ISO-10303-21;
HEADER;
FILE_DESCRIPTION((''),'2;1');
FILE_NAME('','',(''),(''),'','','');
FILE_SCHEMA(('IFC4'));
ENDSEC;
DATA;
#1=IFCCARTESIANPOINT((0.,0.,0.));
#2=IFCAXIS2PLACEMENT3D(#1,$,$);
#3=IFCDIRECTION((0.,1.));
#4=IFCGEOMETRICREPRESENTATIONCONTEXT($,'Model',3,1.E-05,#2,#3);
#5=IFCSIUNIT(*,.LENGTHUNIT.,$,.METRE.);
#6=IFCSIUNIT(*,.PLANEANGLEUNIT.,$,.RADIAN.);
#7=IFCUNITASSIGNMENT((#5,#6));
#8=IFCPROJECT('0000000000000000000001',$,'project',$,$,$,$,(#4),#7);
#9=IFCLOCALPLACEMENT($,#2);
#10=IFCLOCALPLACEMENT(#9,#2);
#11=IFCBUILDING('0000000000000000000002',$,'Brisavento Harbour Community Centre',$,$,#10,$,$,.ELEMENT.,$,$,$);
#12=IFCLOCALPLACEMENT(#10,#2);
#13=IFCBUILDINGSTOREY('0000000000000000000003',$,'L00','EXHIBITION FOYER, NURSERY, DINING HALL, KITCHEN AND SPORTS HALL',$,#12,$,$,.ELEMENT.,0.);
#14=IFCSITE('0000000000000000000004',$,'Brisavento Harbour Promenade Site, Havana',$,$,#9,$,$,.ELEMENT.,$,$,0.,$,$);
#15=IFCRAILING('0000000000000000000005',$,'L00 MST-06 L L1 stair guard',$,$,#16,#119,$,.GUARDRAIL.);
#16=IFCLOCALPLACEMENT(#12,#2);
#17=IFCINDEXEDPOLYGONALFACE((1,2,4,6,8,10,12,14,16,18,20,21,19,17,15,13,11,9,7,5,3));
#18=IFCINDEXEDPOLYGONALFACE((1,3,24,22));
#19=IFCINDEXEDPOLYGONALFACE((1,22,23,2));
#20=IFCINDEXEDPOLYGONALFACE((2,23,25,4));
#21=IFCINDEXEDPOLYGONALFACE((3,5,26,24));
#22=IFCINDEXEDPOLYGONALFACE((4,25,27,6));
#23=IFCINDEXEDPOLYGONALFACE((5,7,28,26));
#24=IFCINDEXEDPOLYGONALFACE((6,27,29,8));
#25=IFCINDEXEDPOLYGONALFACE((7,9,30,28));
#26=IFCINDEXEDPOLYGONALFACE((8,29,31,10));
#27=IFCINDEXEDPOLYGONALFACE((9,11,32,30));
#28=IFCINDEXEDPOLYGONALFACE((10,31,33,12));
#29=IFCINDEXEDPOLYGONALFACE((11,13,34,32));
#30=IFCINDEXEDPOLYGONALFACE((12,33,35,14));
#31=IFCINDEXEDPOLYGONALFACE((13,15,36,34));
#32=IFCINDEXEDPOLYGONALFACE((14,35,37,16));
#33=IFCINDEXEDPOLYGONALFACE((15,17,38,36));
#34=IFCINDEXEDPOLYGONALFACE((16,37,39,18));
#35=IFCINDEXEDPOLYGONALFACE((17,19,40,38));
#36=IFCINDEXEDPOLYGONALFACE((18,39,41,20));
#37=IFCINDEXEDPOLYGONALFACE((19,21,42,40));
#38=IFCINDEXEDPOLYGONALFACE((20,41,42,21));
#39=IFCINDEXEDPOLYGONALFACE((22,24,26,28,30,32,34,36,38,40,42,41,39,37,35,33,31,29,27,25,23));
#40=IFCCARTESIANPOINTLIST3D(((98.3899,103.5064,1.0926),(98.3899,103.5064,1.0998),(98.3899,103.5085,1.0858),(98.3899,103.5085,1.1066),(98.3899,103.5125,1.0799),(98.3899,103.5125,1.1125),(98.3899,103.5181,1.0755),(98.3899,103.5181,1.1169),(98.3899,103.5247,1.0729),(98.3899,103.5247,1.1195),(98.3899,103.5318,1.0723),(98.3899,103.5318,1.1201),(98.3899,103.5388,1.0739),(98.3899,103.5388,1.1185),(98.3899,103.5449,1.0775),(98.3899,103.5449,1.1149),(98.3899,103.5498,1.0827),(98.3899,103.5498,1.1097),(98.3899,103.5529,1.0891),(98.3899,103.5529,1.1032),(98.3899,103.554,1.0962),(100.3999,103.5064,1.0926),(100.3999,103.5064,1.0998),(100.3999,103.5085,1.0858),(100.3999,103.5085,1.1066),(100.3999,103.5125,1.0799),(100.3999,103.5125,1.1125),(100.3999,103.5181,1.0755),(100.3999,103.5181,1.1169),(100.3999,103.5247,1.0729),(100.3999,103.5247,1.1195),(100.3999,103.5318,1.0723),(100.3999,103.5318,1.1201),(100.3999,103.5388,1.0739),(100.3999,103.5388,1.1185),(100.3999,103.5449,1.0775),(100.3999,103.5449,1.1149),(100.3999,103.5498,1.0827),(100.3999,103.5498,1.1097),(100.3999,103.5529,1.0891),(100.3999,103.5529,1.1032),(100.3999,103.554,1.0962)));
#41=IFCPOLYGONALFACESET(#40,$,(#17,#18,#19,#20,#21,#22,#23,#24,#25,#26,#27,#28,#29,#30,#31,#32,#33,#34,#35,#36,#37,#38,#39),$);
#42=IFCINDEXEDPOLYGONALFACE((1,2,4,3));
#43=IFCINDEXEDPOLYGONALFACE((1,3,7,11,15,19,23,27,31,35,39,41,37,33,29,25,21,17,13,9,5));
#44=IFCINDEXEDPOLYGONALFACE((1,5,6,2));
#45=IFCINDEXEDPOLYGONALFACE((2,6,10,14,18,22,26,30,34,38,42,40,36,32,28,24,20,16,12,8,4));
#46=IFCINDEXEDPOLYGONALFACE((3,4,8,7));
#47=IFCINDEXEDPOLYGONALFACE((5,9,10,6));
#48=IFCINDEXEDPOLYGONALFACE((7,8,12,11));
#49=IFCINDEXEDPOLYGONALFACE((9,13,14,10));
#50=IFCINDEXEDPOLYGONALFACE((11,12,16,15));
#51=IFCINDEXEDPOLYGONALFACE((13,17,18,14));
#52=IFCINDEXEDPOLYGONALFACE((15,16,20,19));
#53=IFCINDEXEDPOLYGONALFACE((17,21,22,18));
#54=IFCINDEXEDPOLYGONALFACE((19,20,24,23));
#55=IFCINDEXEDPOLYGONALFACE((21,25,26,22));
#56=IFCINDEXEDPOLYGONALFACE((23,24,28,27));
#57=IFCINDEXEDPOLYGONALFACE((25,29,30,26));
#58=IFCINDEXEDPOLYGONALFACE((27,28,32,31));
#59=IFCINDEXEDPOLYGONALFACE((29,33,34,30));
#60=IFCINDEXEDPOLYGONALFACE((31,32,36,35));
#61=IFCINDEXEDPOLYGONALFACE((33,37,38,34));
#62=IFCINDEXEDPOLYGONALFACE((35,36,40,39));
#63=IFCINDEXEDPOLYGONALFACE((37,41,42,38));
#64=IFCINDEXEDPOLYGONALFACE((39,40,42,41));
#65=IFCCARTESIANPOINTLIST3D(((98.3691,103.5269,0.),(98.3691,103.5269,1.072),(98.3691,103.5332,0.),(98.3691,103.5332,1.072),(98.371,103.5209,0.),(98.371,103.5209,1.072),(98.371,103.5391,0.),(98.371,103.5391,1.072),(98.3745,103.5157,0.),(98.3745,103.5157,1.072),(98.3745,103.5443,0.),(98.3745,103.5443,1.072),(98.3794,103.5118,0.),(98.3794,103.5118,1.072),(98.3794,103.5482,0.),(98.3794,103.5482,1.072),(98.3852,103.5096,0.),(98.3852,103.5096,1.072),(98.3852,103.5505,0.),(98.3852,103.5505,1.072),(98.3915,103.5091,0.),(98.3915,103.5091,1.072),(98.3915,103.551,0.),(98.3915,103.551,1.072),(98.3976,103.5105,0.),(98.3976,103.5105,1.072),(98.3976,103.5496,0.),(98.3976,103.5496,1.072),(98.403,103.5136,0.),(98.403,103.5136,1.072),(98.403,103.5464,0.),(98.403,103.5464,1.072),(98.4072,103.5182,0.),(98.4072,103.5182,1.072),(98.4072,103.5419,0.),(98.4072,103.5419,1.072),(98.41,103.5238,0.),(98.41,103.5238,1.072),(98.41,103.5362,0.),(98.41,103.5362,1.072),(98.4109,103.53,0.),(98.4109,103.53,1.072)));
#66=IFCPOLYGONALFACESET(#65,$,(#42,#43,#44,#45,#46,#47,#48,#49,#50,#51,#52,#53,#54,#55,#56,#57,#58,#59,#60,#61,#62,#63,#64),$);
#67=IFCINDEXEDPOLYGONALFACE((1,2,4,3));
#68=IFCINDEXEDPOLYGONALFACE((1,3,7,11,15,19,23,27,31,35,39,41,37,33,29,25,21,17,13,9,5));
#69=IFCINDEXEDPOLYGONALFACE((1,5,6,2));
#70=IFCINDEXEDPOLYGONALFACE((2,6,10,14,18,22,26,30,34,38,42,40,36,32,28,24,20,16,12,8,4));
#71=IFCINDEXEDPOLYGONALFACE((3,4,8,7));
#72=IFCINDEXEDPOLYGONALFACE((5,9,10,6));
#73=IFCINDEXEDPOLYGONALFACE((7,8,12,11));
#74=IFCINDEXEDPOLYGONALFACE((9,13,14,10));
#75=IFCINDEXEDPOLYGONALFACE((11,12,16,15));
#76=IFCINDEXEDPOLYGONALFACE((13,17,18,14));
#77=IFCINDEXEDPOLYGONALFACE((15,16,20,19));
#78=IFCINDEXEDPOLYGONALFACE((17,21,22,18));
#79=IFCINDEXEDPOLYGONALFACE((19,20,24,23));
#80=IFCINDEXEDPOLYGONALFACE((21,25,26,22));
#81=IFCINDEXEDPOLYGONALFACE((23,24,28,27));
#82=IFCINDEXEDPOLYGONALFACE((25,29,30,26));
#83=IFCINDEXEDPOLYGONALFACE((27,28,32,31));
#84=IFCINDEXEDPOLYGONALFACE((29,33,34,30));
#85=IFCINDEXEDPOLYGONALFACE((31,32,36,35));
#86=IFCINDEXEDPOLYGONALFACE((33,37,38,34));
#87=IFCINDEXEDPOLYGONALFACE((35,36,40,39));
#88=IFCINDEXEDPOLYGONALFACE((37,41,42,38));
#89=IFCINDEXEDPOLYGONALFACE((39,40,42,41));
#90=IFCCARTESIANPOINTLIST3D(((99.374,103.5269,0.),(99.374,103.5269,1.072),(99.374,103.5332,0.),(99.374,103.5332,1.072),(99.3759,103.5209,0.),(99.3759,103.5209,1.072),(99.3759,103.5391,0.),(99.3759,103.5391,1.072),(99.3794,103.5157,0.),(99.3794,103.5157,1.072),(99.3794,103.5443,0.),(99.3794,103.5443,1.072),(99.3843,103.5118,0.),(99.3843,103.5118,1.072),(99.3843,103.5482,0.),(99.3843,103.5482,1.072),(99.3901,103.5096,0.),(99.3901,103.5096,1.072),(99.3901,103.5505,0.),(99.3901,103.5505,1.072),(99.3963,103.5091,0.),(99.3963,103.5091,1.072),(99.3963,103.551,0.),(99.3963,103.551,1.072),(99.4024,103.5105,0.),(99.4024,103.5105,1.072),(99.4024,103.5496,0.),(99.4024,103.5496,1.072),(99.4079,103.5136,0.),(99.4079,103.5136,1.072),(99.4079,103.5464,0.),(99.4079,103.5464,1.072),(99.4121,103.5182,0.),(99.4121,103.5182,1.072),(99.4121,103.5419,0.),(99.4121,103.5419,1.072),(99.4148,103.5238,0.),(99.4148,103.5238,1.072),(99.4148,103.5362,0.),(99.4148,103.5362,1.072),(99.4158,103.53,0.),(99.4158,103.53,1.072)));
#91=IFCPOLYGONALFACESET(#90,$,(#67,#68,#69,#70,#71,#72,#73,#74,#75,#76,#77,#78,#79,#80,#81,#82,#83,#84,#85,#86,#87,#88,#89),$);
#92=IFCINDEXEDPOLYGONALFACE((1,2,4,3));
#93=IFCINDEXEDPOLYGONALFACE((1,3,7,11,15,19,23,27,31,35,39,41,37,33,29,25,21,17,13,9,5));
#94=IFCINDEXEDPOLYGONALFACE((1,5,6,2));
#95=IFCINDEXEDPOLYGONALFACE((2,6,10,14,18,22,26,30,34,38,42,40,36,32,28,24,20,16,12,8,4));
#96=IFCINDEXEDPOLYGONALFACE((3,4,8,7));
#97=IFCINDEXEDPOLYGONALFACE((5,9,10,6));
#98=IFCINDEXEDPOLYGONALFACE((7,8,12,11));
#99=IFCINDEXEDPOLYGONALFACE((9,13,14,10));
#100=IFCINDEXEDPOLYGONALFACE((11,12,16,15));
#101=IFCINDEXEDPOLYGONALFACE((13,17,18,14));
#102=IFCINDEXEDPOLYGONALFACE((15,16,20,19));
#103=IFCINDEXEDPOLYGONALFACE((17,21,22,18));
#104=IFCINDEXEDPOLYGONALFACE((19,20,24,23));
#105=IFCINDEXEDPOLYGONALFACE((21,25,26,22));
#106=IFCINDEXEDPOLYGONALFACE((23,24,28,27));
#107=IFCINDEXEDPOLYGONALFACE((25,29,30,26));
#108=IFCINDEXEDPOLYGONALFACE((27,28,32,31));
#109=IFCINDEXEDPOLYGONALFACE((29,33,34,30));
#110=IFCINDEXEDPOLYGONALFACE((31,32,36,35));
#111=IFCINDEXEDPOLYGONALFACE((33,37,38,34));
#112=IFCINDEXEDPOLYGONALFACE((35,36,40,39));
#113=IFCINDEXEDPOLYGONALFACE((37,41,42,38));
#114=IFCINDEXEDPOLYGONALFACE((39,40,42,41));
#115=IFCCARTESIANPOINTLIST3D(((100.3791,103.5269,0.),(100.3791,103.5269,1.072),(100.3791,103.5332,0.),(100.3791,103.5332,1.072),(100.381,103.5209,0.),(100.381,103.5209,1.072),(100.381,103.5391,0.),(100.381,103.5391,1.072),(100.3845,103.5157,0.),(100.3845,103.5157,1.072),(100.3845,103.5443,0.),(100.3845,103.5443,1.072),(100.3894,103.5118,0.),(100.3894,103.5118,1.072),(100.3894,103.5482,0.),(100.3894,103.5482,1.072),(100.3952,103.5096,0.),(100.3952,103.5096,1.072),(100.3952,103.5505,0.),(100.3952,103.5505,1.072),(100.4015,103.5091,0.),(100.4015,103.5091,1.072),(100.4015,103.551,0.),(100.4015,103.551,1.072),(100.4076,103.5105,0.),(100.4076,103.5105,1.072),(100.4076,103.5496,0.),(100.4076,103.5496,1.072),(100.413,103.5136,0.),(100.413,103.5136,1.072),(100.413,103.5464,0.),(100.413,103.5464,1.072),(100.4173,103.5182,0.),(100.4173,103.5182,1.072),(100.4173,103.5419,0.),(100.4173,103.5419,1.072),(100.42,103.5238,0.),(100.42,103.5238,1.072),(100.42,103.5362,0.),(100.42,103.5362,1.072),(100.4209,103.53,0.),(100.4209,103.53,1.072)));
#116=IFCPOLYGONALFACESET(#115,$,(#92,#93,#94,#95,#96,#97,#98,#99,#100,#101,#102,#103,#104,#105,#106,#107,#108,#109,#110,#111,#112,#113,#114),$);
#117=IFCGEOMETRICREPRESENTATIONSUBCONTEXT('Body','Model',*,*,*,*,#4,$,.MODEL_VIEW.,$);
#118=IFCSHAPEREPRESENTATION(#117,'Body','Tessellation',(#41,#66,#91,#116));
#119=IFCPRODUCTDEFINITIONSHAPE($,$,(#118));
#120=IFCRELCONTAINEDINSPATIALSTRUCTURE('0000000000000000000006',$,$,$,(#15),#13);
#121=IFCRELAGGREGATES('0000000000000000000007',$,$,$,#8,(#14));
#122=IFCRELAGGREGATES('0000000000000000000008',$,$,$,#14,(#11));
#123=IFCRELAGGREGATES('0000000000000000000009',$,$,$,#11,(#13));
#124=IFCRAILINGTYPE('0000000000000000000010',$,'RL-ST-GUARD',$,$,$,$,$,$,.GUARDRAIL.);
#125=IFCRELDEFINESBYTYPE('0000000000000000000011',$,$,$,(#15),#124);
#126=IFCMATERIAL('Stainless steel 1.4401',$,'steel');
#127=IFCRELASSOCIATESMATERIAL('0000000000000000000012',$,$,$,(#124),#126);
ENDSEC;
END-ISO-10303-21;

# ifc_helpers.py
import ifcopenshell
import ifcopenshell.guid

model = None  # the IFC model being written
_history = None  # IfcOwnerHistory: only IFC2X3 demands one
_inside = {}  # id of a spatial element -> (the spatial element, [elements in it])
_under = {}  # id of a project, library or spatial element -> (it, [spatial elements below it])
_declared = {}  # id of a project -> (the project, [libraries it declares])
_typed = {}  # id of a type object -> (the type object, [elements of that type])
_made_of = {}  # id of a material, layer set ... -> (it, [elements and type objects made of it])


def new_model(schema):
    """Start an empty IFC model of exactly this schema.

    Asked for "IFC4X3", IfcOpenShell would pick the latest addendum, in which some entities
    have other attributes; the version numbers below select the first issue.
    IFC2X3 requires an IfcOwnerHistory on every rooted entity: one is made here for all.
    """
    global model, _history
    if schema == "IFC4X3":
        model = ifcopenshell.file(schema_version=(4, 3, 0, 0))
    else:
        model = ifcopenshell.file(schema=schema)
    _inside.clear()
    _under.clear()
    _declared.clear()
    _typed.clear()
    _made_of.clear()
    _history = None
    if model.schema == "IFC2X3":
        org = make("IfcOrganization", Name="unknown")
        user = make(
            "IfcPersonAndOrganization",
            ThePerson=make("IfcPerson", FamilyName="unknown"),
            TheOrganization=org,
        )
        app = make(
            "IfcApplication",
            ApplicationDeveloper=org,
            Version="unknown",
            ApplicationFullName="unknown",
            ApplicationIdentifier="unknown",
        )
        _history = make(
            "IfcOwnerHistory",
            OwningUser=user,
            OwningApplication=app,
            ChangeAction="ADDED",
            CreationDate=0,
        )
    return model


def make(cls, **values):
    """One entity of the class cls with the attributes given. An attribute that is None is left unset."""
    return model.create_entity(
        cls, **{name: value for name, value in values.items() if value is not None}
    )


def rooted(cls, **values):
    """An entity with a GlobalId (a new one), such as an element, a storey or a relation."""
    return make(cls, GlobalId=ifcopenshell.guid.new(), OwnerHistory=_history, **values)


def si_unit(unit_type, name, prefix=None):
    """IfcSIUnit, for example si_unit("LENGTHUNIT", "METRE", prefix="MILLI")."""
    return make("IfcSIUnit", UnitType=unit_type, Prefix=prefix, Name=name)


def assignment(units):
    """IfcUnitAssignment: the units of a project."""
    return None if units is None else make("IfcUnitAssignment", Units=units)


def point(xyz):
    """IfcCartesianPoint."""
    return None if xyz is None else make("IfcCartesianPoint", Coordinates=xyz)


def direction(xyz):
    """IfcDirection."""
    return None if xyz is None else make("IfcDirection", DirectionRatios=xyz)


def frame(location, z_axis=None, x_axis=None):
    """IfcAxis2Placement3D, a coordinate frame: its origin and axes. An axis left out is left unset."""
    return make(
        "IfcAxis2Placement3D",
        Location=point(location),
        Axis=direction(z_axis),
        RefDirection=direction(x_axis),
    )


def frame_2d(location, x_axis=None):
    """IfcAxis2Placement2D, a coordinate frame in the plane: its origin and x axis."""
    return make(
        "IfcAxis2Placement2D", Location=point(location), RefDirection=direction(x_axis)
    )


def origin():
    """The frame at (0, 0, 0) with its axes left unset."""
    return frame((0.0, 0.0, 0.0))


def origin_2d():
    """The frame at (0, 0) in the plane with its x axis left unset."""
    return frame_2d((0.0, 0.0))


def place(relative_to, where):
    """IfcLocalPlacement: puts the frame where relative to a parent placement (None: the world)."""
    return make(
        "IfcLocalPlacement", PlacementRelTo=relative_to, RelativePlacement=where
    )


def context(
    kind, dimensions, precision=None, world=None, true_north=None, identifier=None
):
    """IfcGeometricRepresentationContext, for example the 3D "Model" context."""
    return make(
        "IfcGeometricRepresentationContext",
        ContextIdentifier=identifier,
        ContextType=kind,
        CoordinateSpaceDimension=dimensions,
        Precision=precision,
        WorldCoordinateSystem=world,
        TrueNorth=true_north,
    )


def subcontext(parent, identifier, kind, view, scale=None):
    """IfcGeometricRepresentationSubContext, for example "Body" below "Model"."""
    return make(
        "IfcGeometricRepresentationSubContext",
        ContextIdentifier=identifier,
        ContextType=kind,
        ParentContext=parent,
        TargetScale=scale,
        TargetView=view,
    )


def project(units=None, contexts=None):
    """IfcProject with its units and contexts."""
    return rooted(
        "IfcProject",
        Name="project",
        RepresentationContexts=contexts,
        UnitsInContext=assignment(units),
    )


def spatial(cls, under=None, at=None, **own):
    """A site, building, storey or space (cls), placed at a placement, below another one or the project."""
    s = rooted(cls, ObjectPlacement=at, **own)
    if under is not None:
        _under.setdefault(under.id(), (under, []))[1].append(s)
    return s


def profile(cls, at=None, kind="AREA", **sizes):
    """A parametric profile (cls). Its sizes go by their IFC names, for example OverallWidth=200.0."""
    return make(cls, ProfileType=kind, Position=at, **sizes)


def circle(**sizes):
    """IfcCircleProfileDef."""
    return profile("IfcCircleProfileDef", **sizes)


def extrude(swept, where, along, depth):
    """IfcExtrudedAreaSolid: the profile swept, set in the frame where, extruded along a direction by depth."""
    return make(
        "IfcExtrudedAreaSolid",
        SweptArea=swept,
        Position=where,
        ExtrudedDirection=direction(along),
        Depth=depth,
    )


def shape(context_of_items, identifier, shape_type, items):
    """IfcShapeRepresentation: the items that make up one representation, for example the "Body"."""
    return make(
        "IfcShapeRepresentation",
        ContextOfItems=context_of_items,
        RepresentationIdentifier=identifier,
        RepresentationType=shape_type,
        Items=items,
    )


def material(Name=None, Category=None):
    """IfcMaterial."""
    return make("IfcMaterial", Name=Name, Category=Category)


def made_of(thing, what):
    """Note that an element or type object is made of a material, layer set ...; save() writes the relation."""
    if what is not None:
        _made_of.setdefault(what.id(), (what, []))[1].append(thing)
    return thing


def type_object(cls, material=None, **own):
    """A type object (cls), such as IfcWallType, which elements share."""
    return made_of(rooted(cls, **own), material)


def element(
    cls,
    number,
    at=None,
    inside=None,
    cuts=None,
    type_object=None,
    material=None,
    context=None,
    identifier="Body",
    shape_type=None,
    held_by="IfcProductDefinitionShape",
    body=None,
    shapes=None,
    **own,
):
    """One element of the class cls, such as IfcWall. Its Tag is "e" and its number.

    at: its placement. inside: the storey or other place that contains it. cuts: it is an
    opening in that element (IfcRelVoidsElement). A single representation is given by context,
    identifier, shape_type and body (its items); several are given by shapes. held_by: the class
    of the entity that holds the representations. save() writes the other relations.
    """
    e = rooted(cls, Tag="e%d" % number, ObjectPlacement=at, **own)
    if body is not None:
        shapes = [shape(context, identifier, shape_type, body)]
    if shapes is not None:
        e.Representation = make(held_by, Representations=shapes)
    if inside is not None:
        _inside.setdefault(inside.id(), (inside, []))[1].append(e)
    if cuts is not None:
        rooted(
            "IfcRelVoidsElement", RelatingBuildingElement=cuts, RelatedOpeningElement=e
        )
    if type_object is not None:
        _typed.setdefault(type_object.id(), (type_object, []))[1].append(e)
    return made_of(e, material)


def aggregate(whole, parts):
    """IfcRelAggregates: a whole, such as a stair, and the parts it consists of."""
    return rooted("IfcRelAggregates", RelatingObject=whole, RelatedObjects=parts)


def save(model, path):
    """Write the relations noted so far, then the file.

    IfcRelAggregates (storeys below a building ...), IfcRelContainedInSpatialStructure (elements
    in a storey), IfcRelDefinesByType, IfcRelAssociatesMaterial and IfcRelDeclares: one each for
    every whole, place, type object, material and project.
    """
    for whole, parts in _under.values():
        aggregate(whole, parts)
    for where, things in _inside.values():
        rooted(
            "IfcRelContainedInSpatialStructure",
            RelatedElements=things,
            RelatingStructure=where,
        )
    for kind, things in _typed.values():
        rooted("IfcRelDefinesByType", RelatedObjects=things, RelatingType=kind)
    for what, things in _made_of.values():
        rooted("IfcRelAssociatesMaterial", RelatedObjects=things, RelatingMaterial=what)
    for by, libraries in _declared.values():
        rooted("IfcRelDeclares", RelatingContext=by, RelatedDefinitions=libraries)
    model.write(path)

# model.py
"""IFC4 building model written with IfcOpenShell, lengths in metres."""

from ifc_helpers import new_model, si_unit, direction, frame, origin, origin_2d, place, context, subcontext, project, spatial, circle, extrude, material, type_object, element, save


model = new_model("IFC4")

# Units and contexts
model_context = context("Model", 3, precision=1e-05, world=origin(), true_north=direction((0.0, 1.0)))
body_context = subcontext(model_context, "Body", "Model", "MODEL_VIEW")
ifc_project = project(units=[si_unit("LENGTHUNIT", "METRE"), si_unit("PLANEANGLEUNIT", "RADIAN")], contexts=[model_context])

# Site, building, storey
site_placement = place(None, origin())
site = spatial("IfcSite", under=ifc_project, at=site_placement, Name="Brisavento Harbour Promenade Site, Havana", CompositionType="ELEMENT", RefElevation=0.0)
building_placement = place(site_placement, origin())
building = spatial("IfcBuilding", under=site, at=building_placement, Name="Brisavento Harbour Community Centre", CompositionType="ELEMENT")
storey_placement = place(building_placement, origin())
storey = spatial("IfcBuildingStorey", under=building, at=storey_placement, Name="L00", Description="EXHIBITION FOYER, NURSERY, DINING HALL, KITCHEN AND SPORTS HALL", CompositionType="ELEMENT", Elevation=0.0)

# Railing
ifc_material_1 = material(Name="Stainless steel 1.4401", Category="steel")
railing_type = type_object("IfcRailingType", Name="RL-ST-GUARD", PredefinedType="GUARDRAIL", material=ifc_material_1)
railing_1_placement = place(storey_placement, frame((98.3899, 103.53, 0.0)))
element("IfcRailing", 1, at=railing_1_placement, inside=storey, type_object=railing_type, Name="L00 MST-06 L L1 stair guard", PredefinedType="GUARDRAIL", context=body_context, shape_type="SweptSolid", body=[
    extrude(circle(Radius=0.0239, at=origin_2d()), frame((0.0, 0.0, 1.0962), z_axis=(1.0, 0.0, 0.0), x_axis=(0.0, 1.0, 0.0)), (0.0, 0.0, 1.0), 2.01),
    extrude(circle(Radius=0.021, at=origin_2d()), origin(), (0.0, 0.0, 1.0), 1.072),
    extrude(circle(Radius=0.021, at=origin_2d()), frame((1.0049, 0.0, 0.0)), (0.0, 0.0, 1.0), 1.072),
    extrude(circle(Radius=0.021, at=origin_2d()), frame((2.01, 0.0, 0.0)), (0.0, 0.0, 1.0), 1.072),
])

save(model, "model.ifc")
